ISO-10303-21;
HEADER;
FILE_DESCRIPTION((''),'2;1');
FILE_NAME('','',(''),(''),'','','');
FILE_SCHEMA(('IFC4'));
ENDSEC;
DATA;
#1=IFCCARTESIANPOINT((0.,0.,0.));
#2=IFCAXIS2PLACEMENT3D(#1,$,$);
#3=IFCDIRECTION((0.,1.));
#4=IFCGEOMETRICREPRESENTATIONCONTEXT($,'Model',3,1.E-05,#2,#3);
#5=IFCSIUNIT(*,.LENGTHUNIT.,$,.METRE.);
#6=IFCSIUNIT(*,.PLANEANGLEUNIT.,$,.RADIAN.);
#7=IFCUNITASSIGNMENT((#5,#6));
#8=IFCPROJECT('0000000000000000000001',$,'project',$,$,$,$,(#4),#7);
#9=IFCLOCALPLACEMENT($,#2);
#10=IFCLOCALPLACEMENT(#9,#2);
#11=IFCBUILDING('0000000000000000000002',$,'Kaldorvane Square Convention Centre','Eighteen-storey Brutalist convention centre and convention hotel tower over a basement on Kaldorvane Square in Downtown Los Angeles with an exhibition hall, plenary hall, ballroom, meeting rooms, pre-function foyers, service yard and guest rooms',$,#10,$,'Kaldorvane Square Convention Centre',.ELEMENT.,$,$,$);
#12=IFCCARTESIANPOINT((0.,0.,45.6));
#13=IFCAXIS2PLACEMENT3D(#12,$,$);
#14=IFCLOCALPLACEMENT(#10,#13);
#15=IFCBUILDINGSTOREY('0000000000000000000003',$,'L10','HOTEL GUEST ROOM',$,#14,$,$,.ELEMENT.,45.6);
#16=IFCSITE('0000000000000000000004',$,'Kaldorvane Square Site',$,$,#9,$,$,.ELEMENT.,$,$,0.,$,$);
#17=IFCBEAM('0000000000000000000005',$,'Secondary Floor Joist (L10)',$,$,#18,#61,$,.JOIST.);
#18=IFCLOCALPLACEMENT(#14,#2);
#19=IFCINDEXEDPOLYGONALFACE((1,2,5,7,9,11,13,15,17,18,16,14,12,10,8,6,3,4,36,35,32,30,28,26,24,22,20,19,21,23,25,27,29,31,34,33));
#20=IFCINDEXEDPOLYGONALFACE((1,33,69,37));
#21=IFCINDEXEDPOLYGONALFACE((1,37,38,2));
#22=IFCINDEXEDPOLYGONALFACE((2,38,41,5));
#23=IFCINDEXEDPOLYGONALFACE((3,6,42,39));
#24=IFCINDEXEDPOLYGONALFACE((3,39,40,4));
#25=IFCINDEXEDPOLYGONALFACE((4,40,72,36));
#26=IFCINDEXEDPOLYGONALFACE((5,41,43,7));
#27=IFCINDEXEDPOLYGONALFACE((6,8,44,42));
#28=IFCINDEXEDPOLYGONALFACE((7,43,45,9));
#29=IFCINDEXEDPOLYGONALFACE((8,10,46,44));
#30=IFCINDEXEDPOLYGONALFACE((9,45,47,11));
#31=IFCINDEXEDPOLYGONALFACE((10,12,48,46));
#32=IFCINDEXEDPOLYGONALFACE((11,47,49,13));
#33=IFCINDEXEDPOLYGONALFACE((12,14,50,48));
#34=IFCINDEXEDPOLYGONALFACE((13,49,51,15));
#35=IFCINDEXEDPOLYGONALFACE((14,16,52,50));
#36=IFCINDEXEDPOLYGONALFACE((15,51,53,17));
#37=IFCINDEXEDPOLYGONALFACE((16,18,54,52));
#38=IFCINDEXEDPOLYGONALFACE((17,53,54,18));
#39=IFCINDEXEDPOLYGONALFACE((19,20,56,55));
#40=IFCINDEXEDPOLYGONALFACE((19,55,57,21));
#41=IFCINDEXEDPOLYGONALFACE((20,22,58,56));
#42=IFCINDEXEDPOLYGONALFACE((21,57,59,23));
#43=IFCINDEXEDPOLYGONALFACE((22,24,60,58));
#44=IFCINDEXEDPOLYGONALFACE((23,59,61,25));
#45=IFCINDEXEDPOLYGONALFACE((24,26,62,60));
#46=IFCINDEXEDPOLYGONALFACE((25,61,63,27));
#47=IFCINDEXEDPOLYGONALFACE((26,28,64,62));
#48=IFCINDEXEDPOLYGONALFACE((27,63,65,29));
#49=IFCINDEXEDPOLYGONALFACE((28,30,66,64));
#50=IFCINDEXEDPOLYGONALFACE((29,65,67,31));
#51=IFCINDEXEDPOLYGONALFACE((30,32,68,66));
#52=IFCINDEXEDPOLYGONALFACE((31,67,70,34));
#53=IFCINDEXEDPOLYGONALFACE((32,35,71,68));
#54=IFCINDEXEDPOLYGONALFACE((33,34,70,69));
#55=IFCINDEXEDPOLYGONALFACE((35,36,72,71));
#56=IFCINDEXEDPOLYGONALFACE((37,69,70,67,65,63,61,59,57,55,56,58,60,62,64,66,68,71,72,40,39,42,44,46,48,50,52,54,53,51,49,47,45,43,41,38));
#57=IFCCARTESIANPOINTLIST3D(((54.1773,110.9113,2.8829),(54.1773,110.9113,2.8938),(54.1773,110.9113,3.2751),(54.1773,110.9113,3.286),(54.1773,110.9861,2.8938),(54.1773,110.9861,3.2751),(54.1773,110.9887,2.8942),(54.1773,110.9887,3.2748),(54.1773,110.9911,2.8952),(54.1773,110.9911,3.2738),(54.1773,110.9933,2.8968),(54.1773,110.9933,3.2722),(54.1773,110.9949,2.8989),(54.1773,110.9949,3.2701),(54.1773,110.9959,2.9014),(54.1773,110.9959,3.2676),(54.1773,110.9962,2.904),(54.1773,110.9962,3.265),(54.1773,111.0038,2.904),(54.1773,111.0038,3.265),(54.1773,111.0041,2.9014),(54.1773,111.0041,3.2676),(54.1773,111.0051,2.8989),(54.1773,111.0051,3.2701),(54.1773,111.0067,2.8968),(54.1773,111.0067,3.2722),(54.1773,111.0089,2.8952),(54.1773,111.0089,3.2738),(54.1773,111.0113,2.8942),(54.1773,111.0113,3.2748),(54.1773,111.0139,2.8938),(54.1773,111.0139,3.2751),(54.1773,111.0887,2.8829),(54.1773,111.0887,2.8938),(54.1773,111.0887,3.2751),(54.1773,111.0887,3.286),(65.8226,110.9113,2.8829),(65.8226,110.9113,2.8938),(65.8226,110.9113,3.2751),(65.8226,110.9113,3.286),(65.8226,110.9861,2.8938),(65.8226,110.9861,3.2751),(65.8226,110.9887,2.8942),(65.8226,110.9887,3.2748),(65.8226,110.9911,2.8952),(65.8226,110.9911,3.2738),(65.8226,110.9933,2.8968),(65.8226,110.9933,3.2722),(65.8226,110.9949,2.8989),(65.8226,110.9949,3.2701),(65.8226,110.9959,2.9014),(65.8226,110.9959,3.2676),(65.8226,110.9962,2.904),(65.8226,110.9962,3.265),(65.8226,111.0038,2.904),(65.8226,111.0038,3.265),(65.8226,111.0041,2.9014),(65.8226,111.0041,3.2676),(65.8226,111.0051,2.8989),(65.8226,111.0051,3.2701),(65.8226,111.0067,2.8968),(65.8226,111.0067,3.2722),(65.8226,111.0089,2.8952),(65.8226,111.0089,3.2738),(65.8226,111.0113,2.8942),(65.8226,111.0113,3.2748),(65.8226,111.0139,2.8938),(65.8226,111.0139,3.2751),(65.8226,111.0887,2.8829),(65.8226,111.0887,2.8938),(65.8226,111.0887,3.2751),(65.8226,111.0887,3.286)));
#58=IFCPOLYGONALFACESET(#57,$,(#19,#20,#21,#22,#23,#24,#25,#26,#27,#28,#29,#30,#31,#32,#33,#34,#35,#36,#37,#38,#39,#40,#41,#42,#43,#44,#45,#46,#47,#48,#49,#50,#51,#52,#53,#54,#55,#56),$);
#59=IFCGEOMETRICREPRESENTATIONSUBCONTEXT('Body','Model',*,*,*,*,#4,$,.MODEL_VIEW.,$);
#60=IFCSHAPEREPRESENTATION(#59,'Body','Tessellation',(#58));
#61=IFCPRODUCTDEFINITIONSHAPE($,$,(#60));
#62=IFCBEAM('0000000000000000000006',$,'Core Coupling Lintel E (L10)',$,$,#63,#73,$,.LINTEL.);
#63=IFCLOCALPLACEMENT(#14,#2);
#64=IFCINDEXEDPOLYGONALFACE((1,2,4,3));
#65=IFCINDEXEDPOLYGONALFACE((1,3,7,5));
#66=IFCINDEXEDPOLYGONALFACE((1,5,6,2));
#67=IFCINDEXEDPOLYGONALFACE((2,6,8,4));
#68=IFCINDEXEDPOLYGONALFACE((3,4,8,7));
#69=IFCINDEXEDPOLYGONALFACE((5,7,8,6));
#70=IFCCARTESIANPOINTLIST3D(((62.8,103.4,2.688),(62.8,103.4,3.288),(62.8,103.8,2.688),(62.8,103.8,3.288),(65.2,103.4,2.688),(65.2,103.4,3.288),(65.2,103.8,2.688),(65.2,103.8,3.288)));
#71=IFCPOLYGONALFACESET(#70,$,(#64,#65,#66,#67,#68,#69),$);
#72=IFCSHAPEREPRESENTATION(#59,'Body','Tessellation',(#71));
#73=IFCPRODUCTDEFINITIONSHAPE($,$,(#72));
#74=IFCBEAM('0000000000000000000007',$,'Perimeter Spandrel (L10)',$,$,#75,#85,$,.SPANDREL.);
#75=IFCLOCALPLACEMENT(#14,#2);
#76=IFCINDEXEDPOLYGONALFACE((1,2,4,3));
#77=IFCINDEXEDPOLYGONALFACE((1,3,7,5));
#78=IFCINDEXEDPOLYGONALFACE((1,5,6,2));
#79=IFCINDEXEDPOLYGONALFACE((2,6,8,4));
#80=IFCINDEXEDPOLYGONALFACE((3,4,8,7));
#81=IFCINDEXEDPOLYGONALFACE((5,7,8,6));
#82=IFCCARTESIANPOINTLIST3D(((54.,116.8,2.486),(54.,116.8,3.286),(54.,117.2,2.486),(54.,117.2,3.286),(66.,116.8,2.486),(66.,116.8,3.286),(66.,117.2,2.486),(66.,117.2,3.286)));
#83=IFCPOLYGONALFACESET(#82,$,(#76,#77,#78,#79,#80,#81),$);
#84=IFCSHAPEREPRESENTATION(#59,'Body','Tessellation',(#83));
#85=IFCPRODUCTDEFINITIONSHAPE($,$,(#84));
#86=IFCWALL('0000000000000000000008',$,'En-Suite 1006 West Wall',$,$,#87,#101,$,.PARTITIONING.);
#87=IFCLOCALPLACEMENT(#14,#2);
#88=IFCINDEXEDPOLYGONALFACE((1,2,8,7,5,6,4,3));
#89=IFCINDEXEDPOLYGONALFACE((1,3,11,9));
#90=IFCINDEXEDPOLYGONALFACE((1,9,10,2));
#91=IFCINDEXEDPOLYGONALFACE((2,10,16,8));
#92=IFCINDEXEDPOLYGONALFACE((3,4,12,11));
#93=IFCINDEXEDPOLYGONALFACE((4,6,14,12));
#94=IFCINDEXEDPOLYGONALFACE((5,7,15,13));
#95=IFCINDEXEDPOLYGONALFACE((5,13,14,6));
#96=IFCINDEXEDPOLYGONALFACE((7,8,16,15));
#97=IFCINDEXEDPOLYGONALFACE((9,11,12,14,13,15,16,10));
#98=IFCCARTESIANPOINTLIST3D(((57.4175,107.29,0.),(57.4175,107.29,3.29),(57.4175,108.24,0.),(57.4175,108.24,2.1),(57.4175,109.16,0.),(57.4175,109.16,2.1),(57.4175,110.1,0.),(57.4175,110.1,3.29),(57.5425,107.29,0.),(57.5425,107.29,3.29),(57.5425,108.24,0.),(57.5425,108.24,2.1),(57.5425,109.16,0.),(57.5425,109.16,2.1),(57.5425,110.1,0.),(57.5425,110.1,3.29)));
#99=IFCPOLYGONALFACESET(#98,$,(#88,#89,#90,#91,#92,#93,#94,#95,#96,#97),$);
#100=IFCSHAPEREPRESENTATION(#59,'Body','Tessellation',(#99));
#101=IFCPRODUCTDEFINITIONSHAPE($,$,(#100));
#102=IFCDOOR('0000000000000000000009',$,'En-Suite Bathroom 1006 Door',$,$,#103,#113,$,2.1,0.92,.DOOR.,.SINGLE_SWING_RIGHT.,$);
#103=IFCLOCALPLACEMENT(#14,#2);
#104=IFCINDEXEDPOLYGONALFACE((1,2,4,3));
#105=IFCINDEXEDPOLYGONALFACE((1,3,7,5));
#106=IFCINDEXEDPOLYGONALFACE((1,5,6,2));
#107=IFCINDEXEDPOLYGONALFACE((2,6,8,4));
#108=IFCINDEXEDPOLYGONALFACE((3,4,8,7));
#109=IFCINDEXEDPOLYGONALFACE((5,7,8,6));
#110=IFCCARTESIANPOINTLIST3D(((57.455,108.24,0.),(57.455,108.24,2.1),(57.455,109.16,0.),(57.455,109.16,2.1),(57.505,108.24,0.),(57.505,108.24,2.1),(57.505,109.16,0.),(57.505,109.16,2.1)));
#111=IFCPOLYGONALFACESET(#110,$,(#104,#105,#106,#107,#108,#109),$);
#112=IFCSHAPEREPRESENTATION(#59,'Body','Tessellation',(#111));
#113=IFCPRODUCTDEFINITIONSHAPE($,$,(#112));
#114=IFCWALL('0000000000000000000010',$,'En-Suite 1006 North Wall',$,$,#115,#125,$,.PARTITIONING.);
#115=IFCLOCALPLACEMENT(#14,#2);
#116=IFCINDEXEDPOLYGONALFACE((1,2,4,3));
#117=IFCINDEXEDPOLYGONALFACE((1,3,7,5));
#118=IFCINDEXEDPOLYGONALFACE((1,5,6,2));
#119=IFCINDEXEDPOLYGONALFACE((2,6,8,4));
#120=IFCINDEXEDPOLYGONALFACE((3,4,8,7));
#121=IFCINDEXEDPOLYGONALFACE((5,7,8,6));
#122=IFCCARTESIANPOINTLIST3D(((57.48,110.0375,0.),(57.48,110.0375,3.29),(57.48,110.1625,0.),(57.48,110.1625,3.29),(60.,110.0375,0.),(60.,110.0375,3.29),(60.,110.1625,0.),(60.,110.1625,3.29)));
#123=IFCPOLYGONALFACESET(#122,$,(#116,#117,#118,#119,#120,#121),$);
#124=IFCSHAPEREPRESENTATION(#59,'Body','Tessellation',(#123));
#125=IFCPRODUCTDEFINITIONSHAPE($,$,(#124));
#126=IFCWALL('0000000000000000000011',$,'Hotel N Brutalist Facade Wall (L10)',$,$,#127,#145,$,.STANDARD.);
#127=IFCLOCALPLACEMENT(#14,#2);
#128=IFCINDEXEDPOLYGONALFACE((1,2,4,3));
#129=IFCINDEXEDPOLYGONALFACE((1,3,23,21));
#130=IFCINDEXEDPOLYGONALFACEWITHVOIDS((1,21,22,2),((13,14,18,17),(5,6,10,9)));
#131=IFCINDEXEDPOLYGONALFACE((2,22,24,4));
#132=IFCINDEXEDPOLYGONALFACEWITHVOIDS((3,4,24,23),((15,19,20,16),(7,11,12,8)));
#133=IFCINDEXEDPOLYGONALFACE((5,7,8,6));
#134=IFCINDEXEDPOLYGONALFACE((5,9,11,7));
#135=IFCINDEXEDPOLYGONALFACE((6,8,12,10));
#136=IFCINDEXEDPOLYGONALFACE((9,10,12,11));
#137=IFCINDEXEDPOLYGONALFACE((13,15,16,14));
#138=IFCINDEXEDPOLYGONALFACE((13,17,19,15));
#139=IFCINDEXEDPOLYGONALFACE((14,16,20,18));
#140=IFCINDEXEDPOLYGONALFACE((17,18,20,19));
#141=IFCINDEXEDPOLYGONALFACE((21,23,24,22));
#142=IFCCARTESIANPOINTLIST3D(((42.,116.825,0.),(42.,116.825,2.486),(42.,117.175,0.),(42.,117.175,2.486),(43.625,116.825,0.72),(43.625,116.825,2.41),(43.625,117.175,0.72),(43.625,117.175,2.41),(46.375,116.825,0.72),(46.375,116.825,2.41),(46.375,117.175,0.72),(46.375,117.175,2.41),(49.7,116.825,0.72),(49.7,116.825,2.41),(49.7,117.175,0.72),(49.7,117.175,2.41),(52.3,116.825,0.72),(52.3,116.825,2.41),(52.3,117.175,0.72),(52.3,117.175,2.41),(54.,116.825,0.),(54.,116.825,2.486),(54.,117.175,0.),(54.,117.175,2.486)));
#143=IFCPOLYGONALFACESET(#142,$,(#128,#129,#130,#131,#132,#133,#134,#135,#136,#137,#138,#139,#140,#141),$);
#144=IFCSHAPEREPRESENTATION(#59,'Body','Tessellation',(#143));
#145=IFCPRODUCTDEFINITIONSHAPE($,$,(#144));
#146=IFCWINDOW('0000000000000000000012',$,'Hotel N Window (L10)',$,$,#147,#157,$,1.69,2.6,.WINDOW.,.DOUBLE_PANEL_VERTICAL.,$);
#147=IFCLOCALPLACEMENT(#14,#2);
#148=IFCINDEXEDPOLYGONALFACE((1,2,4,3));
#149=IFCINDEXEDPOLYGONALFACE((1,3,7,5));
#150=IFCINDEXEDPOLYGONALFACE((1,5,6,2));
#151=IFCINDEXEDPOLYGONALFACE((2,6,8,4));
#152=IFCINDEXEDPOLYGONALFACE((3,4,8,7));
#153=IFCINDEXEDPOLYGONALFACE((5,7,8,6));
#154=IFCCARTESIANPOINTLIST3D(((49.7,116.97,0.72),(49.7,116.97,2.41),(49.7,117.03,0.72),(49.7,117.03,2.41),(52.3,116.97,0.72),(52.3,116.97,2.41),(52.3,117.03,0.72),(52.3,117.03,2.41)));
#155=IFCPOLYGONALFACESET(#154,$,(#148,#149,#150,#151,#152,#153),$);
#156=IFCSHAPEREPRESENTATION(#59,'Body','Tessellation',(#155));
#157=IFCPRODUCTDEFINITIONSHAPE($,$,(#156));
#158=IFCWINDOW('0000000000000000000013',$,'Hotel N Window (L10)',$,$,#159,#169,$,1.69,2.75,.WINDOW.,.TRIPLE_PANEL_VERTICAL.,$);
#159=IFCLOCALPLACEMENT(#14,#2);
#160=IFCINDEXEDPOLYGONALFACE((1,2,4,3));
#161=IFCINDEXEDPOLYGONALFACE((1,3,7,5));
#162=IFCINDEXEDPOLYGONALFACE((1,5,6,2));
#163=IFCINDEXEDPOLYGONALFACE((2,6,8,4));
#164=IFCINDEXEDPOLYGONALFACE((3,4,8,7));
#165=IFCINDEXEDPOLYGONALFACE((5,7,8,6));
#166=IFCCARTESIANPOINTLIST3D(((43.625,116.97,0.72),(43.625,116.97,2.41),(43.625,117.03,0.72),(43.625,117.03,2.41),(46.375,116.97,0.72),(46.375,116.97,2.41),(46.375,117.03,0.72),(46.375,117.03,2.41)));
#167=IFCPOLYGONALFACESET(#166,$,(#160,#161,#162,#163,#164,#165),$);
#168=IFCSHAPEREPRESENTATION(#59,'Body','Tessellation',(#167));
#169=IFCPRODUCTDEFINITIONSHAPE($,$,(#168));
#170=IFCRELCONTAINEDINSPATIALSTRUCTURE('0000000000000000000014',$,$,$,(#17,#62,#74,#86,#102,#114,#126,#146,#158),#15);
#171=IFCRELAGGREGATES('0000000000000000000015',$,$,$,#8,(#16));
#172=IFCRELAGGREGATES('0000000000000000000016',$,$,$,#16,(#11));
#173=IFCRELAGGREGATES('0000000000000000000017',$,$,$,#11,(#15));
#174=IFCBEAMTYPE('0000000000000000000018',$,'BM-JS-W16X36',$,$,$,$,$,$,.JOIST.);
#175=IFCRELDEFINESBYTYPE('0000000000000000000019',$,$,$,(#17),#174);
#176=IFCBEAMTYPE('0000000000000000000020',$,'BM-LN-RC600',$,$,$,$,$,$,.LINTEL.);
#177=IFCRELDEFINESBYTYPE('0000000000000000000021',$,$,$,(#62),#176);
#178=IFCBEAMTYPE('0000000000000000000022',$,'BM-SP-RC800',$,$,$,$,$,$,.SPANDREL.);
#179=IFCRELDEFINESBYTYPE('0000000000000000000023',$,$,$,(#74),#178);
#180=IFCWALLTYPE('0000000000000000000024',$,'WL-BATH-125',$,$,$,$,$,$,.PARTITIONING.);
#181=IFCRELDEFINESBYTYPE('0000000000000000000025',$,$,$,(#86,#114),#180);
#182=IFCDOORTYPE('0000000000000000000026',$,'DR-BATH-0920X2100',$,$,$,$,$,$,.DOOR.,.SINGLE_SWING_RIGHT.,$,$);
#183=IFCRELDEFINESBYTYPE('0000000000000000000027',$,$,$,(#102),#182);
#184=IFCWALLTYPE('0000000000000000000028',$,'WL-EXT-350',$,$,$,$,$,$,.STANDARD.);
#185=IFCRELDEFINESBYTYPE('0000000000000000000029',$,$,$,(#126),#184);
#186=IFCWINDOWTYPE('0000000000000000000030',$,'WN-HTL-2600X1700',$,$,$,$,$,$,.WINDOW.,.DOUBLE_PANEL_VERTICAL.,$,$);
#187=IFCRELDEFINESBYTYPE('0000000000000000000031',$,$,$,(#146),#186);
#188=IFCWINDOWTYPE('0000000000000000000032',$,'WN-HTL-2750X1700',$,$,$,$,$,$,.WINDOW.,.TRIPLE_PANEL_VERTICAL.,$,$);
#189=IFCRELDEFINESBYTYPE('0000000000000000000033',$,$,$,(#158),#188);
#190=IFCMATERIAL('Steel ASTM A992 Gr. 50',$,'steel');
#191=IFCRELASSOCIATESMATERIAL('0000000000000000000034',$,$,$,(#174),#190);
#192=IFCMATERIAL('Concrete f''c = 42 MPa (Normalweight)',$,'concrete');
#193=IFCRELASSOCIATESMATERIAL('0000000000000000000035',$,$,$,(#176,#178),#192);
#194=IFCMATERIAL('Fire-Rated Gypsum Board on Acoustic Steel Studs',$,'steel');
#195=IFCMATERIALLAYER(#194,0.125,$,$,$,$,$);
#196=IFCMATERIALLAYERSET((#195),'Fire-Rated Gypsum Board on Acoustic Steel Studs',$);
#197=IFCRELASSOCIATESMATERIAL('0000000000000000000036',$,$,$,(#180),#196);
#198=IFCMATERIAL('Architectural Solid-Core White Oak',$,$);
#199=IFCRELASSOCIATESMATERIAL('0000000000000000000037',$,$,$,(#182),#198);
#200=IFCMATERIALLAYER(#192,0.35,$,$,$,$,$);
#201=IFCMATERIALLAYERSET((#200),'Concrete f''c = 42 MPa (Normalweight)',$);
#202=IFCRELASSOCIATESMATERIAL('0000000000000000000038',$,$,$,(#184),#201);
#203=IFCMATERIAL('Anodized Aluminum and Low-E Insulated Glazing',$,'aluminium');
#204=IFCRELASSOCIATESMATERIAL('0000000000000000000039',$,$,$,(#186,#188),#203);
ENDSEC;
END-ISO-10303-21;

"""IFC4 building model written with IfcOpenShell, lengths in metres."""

from ifc_helpers import new_model, si_unit, direction, frame, frame_2d, origin, origin_2d, place, context, subcontext, project, spatial, rectangle, i_section, extrude, material, layer, layer_set, material_profile, profile_set, type_object, element, fill, save


model = new_model("IFC4")

# Units and contexts
model_context = context("Model", 3, precision=1e-05, world=origin(), true_north=direction((0.0, 1.0)))
body_context = subcontext(model_context, "Body", "Model", "MODEL_VIEW")
ifc_project = project(units=[si_unit("LENGTHUNIT", "METRE"), si_unit("PLANEANGLEUNIT", "RADIAN")], contexts=[model_context])

# Site, building, storey
site_placement = place(None, origin())
site = spatial("IfcSite", under=ifc_project, at=site_placement, Name="Kaldorvane Square Site", CompositionType="ELEMENT", RefElevation=0.0)
building_placement = place(site_placement, origin())
building = spatial("IfcBuilding", under=site, at=building_placement, Name="Kaldorvane Square Convention Centre", Description="Eighteen-storey Brutalist convention centre and convention hotel tower over a basement on Kaldorvane Square in Downtown Los Angeles with an exhibition hall, plenary hall, ballroom, meeting rooms, pre-function foyers, service yard and guest rooms", LongName="Kaldorvane Square Convention Centre", CompositionType="ELEMENT")
storey_placement = place(building_placement, frame((0.0, 0.0, 45.6)))
storey = spatial("IfcBuildingStorey", under=building, at=storey_placement, Name="L10", Description="HOTEL GUEST ROOM", CompositionType="ELEMENT", Elevation=45.6)

# Beams
ifc_material_1 = material(Name="Steel ASTM A992 Gr. 50", Category="steel")
ifc_material_profile_1 = material_profile(ifc_material_1, i_section(OverallWidth=0.1774, OverallDepth=0.4031, WebThickness=0.0075, FlangeThickness=0.0109, FilletRadius=0.0102, at=origin_2d()), Name="W16X36")
ifc_profile_set_1 = profile_set([ifc_material_profile_1], Name="Steel ASTM A992 Gr. 50")
beam_type_1 = type_object("IfcBeamType", Name="BM-JS-W16X36", PredefinedType="JOIST", material=ifc_profile_set_1)
beam_1_placement = place(storey_placement, frame((54.1773, 111.0, 3.0845), z_axis=(1.0, 0.0, 0.0), x_axis=(0.0, 1.0, 0.0)))
element("IfcBeam", 1, at=beam_1_placement, inside=storey, type_object=beam_type_1, Name="Secondary Floor Joist (L10)", PredefinedType="JOIST", context=body_context, shape_type="SweptSolid", body=[
    extrude(i_section(OverallWidth=0.1774, OverallDepth=0.4031, WebThickness=0.0075, FlangeThickness=0.0109, FilletRadius=0.0102, at=origin_2d()), origin(), (0.0, 0.0, 1.0), 11.6453),
])
ifc_material_2 = material(Name="Concrete f'c = 42 MPa (Normalweight)", Category="concrete")
ifc_material_profile_2 = material_profile(ifc_material_2, rectangle(XDim=0.4, YDim=0.6, at=origin_2d()), Name="RCLN600X400")
ifc_profile_set_2 = profile_set([ifc_material_profile_2], Name="Concrete f'c = 42 MPa (Normalweight)")
beam_type_2 = type_object("IfcBeamType", Name="BM-LN-RC600", PredefinedType="LINTEL", material=ifc_profile_set_2)
beam_2_placement = place(storey_placement, frame((62.8, 103.6, 2.988), z_axis=(1.0, 0.0, 0.0), x_axis=(0.0, 1.0, 0.0)))
element("IfcBeam", 2, at=beam_2_placement, inside=storey, type_object=beam_type_2, Name="Core Coupling Lintel E (L10)", PredefinedType="LINTEL", context=body_context, shape_type="SweptSolid", body=[
    extrude(rectangle(XDim=0.4, YDim=0.6, at=origin_2d()), origin(), (0.0, 0.0, 1.0), 2.4),
])
ifc_material_profile_3 = material_profile(ifc_material_2, rectangle(XDim=0.4, YDim=0.8, at=origin_2d()), Name="RCSP800X400")
ifc_profile_set_3 = profile_set([ifc_material_profile_3], Name="Concrete f'c = 42 MPa (Normalweight)")
beam_type_3 = type_object("IfcBeamType", Name="BM-SP-RC800", PredefinedType="SPANDREL", material=ifc_profile_set_3)
beam_3_placement = place(storey_placement, frame((54.0, 117.0, 2.886), z_axis=(1.0, 0.0, 0.0), x_axis=(0.0, 1.0, 0.0)))
element("IfcBeam", 3, at=beam_3_placement, inside=storey, type_object=beam_type_3, Name="Perimeter Spandrel (L10)", PredefinedType="SPANDREL", context=body_context, shape_type="SweptSolid", body=[
    extrude(rectangle(XDim=0.4, YDim=0.8, at=origin_2d()), origin(), (0.0, 0.0, 1.0), 12.0),
])

# Wall, opening, door
ifc_material_3 = material(Name="Fire-Rated Gypsum Board on Acoustic Steel Studs", Category="steel")
ifc_layer_1 = layer(ifc_material_3, 0.125)
ifc_layer_set_1 = layer_set([ifc_layer_1], Name="Fire-Rated Gypsum Board on Acoustic Steel Studs")
wall_type_1 = type_object("IfcWallType", Name="WL-BATH-125", PredefinedType="PARTITIONING", material=ifc_layer_set_1)
wall_1_placement = place(storey_placement, frame((57.48, 107.29, 0.0), z_axis=(0.0, 0.0, 1.0), x_axis=(0.0, 1.0, 0.0)))
wall_1 = element("IfcWall", 4, at=wall_1_placement, inside=storey, type_object=wall_type_1, Name="En-Suite 1006 West Wall", PredefinedType="PARTITIONING", context=body_context, shape_type="SweptSolid", body=[
    extrude(rectangle(XDim=2.81, YDim=0.125, at=frame_2d((1.405, 0.0))), origin(), (0.0, 0.0, 1.0), 3.29),
])
opening_1_placement = place(wall_1_placement, frame((0.95, 0.0, 0.0)))
opening_1 = element("IfcOpeningElement", 5, at=opening_1_placement, cuts=wall_1, PredefinedType="OPENING", context=body_context, shape_type="SweptSolid", body=[
    extrude(rectangle(XDim=0.92, YDim=2.1, at=frame_2d((0.46, 1.05))), frame((0.0, 0.0775, 0.0), z_axis=(0.0, -1.0, 0.0), x_axis=(1.0, 0.0, 0.0)), (0.0, 0.0, 1.0), 0.155),
])
ifc_material_4 = material(Name="Architectural Solid-Core White Oak")
door_type_1 = type_object("IfcDoorType", Name="DR-BATH-0920X2100", OperationType="SINGLE_SWING_RIGHT", PredefinedType="DOOR", material=ifc_material_4)
door_1_placement = place(opening_1_placement, origin())
door_1 = element("IfcDoor", 6, at=door_1_placement, inside=storey, type_object=door_type_1, Name="En-Suite Bathroom 1006 Door", OperationType="SINGLE_SWING_RIGHT", OverallHeight=2.1, OverallWidth=0.92, PredefinedType="DOOR", context=body_context, shape_type="SweptSolid", body=[
    extrude(rectangle(XDim=0.92, YDim=2.1, at=frame_2d((0.46, 1.05))), frame((0.0, 0.025, 0.0), z_axis=(0.0, -1.0, 0.0), x_axis=(1.0, 0.0, 0.0)), (0.0, 0.0, 1.0), 0.05),
])
fill(opening_1, door_1)

# Wall
wall_2_placement = place(storey_placement, frame((57.48, 110.1, 0.0), z_axis=(0.0, 0.0, 1.0), x_axis=(1.0, 0.0, 0.0)))
element("IfcWall", 7, at=wall_2_placement, inside=storey, type_object=wall_type_1, Name="En-Suite 1006 North Wall", PredefinedType="PARTITIONING", context=body_context, shape_type="SweptSolid", body=[
    extrude(rectangle(XDim=2.52, YDim=0.125, at=frame_2d((1.26, 0.0))), origin(), (0.0, 0.0, 1.0), 3.29),
])

# Wall, openings, windows
ifc_layer_2 = layer(ifc_material_2, 0.35)
ifc_layer_set_2 = layer_set([ifc_layer_2], Name="Concrete f'c = 42 MPa (Normalweight)")
wall_type_2 = type_object("IfcWallType", Name="WL-EXT-350", PredefinedType="STANDARD", material=ifc_layer_set_2)
wall_3_placement = place(storey_placement, frame((54.0, 117.0, 0.0), z_axis=(0.0, 0.0, 1.0), x_axis=(-1.0, 0.0, 0.0)))
wall_3 = element("IfcWall", 8, at=wall_3_placement, inside=storey, type_object=wall_type_2, Name="Hotel N Brutalist Facade Wall (L10)", PredefinedType="STANDARD", context=body_context, shape_type="SweptSolid", body=[
    extrude(rectangle(XDim=12.0, YDim=0.35, at=frame_2d((6.0, 0.0))), origin(), (0.0, 0.0, 1.0), 2.486),
])
opening_2_placement = place(wall_3_placement, frame((1.7, 0.0, 0.72)))
opening_2 = element("IfcOpeningElement", 9, at=opening_2_placement, cuts=wall_3, PredefinedType="OPENING", context=body_context, shape_type="SweptSolid", body=[
    extrude(rectangle(XDim=2.6, YDim=1.69, at=frame_2d((1.3, 0.845))), frame((0.0, 0.19, 0.0), z_axis=(0.0, -1.0, 0.0), x_axis=(1.0, 0.0, 0.0)), (0.0, 0.0, 1.0), 0.38),
])
opening_3_placement = place(wall_3_placement, frame((7.625, 0.0, 0.72)))
opening_3 = element("IfcOpeningElement", 10, at=opening_3_placement, cuts=wall_3, PredefinedType="OPENING", context=body_context, shape_type="SweptSolid", body=[
    extrude(rectangle(XDim=2.75, YDim=1.69, at=frame_2d((1.375, 0.845))), frame((0.0, 0.19, 0.0), z_axis=(0.0, -1.0, 0.0), x_axis=(1.0, 0.0, 0.0)), (0.0, 0.0, 1.0), 0.38),
])
ifc_material_5 = material(Name="Anodized Aluminum and Low-E Insulated Glazing", Category="aluminium")
window_type_1 = type_object("IfcWindowType", Name="WN-HTL-2600X1700", PartitioningType="DOUBLE_PANEL_VERTICAL", PredefinedType="WINDOW", material=ifc_material_5)
window_1_placement = place(opening_2_placement, origin())
window_1 = element("IfcWindow", 11, at=window_1_placement, inside=storey, type_object=window_type_1, Name="Hotel N Window (L10)", OverallHeight=1.69, OverallWidth=2.6, PartitioningType="DOUBLE_PANEL_VERTICAL", PredefinedType="WINDOW", context=body_context, shape_type="SweptSolid", body=[
    extrude(rectangle(XDim=2.6, YDim=1.69, at=frame_2d((1.3, 0.845))), frame((0.0, 0.03, 0.0), z_axis=(0.0, -1.0, 0.0), x_axis=(1.0, 0.0, 0.0)), (0.0, 0.0, 1.0), 0.06),
])
fill(opening_2, window_1)
window_type_2 = type_object("IfcWindowType", Name="WN-HTL-2750X1700", PartitioningType="TRIPLE_PANEL_VERTICAL", PredefinedType="WINDOW", material=ifc_material_5)
window_2_placement = place(opening_3_placement, origin())
window_2 = element("IfcWindow", 12, at=window_2_placement, inside=storey, type_object=window_type_2, Name="Hotel N Window (L10)", OverallHeight=1.69, OverallWidth=2.75, PartitioningType="TRIPLE_PANEL_VERTICAL", PredefinedType="WINDOW", context=body_context, shape_type="SweptSolid", body=[
    extrude(rectangle(XDim=2.75, YDim=1.69, at=frame_2d((1.375, 0.845))), frame((0.0, 0.03, 0.0), z_axis=(0.0, -1.0, 0.0), x_axis=(1.0, 0.0, 0.0)), (0.0, 0.0, 1.0), 0.06),
])
fill(opening_3, window_2)

save(model, "model.ifc")
